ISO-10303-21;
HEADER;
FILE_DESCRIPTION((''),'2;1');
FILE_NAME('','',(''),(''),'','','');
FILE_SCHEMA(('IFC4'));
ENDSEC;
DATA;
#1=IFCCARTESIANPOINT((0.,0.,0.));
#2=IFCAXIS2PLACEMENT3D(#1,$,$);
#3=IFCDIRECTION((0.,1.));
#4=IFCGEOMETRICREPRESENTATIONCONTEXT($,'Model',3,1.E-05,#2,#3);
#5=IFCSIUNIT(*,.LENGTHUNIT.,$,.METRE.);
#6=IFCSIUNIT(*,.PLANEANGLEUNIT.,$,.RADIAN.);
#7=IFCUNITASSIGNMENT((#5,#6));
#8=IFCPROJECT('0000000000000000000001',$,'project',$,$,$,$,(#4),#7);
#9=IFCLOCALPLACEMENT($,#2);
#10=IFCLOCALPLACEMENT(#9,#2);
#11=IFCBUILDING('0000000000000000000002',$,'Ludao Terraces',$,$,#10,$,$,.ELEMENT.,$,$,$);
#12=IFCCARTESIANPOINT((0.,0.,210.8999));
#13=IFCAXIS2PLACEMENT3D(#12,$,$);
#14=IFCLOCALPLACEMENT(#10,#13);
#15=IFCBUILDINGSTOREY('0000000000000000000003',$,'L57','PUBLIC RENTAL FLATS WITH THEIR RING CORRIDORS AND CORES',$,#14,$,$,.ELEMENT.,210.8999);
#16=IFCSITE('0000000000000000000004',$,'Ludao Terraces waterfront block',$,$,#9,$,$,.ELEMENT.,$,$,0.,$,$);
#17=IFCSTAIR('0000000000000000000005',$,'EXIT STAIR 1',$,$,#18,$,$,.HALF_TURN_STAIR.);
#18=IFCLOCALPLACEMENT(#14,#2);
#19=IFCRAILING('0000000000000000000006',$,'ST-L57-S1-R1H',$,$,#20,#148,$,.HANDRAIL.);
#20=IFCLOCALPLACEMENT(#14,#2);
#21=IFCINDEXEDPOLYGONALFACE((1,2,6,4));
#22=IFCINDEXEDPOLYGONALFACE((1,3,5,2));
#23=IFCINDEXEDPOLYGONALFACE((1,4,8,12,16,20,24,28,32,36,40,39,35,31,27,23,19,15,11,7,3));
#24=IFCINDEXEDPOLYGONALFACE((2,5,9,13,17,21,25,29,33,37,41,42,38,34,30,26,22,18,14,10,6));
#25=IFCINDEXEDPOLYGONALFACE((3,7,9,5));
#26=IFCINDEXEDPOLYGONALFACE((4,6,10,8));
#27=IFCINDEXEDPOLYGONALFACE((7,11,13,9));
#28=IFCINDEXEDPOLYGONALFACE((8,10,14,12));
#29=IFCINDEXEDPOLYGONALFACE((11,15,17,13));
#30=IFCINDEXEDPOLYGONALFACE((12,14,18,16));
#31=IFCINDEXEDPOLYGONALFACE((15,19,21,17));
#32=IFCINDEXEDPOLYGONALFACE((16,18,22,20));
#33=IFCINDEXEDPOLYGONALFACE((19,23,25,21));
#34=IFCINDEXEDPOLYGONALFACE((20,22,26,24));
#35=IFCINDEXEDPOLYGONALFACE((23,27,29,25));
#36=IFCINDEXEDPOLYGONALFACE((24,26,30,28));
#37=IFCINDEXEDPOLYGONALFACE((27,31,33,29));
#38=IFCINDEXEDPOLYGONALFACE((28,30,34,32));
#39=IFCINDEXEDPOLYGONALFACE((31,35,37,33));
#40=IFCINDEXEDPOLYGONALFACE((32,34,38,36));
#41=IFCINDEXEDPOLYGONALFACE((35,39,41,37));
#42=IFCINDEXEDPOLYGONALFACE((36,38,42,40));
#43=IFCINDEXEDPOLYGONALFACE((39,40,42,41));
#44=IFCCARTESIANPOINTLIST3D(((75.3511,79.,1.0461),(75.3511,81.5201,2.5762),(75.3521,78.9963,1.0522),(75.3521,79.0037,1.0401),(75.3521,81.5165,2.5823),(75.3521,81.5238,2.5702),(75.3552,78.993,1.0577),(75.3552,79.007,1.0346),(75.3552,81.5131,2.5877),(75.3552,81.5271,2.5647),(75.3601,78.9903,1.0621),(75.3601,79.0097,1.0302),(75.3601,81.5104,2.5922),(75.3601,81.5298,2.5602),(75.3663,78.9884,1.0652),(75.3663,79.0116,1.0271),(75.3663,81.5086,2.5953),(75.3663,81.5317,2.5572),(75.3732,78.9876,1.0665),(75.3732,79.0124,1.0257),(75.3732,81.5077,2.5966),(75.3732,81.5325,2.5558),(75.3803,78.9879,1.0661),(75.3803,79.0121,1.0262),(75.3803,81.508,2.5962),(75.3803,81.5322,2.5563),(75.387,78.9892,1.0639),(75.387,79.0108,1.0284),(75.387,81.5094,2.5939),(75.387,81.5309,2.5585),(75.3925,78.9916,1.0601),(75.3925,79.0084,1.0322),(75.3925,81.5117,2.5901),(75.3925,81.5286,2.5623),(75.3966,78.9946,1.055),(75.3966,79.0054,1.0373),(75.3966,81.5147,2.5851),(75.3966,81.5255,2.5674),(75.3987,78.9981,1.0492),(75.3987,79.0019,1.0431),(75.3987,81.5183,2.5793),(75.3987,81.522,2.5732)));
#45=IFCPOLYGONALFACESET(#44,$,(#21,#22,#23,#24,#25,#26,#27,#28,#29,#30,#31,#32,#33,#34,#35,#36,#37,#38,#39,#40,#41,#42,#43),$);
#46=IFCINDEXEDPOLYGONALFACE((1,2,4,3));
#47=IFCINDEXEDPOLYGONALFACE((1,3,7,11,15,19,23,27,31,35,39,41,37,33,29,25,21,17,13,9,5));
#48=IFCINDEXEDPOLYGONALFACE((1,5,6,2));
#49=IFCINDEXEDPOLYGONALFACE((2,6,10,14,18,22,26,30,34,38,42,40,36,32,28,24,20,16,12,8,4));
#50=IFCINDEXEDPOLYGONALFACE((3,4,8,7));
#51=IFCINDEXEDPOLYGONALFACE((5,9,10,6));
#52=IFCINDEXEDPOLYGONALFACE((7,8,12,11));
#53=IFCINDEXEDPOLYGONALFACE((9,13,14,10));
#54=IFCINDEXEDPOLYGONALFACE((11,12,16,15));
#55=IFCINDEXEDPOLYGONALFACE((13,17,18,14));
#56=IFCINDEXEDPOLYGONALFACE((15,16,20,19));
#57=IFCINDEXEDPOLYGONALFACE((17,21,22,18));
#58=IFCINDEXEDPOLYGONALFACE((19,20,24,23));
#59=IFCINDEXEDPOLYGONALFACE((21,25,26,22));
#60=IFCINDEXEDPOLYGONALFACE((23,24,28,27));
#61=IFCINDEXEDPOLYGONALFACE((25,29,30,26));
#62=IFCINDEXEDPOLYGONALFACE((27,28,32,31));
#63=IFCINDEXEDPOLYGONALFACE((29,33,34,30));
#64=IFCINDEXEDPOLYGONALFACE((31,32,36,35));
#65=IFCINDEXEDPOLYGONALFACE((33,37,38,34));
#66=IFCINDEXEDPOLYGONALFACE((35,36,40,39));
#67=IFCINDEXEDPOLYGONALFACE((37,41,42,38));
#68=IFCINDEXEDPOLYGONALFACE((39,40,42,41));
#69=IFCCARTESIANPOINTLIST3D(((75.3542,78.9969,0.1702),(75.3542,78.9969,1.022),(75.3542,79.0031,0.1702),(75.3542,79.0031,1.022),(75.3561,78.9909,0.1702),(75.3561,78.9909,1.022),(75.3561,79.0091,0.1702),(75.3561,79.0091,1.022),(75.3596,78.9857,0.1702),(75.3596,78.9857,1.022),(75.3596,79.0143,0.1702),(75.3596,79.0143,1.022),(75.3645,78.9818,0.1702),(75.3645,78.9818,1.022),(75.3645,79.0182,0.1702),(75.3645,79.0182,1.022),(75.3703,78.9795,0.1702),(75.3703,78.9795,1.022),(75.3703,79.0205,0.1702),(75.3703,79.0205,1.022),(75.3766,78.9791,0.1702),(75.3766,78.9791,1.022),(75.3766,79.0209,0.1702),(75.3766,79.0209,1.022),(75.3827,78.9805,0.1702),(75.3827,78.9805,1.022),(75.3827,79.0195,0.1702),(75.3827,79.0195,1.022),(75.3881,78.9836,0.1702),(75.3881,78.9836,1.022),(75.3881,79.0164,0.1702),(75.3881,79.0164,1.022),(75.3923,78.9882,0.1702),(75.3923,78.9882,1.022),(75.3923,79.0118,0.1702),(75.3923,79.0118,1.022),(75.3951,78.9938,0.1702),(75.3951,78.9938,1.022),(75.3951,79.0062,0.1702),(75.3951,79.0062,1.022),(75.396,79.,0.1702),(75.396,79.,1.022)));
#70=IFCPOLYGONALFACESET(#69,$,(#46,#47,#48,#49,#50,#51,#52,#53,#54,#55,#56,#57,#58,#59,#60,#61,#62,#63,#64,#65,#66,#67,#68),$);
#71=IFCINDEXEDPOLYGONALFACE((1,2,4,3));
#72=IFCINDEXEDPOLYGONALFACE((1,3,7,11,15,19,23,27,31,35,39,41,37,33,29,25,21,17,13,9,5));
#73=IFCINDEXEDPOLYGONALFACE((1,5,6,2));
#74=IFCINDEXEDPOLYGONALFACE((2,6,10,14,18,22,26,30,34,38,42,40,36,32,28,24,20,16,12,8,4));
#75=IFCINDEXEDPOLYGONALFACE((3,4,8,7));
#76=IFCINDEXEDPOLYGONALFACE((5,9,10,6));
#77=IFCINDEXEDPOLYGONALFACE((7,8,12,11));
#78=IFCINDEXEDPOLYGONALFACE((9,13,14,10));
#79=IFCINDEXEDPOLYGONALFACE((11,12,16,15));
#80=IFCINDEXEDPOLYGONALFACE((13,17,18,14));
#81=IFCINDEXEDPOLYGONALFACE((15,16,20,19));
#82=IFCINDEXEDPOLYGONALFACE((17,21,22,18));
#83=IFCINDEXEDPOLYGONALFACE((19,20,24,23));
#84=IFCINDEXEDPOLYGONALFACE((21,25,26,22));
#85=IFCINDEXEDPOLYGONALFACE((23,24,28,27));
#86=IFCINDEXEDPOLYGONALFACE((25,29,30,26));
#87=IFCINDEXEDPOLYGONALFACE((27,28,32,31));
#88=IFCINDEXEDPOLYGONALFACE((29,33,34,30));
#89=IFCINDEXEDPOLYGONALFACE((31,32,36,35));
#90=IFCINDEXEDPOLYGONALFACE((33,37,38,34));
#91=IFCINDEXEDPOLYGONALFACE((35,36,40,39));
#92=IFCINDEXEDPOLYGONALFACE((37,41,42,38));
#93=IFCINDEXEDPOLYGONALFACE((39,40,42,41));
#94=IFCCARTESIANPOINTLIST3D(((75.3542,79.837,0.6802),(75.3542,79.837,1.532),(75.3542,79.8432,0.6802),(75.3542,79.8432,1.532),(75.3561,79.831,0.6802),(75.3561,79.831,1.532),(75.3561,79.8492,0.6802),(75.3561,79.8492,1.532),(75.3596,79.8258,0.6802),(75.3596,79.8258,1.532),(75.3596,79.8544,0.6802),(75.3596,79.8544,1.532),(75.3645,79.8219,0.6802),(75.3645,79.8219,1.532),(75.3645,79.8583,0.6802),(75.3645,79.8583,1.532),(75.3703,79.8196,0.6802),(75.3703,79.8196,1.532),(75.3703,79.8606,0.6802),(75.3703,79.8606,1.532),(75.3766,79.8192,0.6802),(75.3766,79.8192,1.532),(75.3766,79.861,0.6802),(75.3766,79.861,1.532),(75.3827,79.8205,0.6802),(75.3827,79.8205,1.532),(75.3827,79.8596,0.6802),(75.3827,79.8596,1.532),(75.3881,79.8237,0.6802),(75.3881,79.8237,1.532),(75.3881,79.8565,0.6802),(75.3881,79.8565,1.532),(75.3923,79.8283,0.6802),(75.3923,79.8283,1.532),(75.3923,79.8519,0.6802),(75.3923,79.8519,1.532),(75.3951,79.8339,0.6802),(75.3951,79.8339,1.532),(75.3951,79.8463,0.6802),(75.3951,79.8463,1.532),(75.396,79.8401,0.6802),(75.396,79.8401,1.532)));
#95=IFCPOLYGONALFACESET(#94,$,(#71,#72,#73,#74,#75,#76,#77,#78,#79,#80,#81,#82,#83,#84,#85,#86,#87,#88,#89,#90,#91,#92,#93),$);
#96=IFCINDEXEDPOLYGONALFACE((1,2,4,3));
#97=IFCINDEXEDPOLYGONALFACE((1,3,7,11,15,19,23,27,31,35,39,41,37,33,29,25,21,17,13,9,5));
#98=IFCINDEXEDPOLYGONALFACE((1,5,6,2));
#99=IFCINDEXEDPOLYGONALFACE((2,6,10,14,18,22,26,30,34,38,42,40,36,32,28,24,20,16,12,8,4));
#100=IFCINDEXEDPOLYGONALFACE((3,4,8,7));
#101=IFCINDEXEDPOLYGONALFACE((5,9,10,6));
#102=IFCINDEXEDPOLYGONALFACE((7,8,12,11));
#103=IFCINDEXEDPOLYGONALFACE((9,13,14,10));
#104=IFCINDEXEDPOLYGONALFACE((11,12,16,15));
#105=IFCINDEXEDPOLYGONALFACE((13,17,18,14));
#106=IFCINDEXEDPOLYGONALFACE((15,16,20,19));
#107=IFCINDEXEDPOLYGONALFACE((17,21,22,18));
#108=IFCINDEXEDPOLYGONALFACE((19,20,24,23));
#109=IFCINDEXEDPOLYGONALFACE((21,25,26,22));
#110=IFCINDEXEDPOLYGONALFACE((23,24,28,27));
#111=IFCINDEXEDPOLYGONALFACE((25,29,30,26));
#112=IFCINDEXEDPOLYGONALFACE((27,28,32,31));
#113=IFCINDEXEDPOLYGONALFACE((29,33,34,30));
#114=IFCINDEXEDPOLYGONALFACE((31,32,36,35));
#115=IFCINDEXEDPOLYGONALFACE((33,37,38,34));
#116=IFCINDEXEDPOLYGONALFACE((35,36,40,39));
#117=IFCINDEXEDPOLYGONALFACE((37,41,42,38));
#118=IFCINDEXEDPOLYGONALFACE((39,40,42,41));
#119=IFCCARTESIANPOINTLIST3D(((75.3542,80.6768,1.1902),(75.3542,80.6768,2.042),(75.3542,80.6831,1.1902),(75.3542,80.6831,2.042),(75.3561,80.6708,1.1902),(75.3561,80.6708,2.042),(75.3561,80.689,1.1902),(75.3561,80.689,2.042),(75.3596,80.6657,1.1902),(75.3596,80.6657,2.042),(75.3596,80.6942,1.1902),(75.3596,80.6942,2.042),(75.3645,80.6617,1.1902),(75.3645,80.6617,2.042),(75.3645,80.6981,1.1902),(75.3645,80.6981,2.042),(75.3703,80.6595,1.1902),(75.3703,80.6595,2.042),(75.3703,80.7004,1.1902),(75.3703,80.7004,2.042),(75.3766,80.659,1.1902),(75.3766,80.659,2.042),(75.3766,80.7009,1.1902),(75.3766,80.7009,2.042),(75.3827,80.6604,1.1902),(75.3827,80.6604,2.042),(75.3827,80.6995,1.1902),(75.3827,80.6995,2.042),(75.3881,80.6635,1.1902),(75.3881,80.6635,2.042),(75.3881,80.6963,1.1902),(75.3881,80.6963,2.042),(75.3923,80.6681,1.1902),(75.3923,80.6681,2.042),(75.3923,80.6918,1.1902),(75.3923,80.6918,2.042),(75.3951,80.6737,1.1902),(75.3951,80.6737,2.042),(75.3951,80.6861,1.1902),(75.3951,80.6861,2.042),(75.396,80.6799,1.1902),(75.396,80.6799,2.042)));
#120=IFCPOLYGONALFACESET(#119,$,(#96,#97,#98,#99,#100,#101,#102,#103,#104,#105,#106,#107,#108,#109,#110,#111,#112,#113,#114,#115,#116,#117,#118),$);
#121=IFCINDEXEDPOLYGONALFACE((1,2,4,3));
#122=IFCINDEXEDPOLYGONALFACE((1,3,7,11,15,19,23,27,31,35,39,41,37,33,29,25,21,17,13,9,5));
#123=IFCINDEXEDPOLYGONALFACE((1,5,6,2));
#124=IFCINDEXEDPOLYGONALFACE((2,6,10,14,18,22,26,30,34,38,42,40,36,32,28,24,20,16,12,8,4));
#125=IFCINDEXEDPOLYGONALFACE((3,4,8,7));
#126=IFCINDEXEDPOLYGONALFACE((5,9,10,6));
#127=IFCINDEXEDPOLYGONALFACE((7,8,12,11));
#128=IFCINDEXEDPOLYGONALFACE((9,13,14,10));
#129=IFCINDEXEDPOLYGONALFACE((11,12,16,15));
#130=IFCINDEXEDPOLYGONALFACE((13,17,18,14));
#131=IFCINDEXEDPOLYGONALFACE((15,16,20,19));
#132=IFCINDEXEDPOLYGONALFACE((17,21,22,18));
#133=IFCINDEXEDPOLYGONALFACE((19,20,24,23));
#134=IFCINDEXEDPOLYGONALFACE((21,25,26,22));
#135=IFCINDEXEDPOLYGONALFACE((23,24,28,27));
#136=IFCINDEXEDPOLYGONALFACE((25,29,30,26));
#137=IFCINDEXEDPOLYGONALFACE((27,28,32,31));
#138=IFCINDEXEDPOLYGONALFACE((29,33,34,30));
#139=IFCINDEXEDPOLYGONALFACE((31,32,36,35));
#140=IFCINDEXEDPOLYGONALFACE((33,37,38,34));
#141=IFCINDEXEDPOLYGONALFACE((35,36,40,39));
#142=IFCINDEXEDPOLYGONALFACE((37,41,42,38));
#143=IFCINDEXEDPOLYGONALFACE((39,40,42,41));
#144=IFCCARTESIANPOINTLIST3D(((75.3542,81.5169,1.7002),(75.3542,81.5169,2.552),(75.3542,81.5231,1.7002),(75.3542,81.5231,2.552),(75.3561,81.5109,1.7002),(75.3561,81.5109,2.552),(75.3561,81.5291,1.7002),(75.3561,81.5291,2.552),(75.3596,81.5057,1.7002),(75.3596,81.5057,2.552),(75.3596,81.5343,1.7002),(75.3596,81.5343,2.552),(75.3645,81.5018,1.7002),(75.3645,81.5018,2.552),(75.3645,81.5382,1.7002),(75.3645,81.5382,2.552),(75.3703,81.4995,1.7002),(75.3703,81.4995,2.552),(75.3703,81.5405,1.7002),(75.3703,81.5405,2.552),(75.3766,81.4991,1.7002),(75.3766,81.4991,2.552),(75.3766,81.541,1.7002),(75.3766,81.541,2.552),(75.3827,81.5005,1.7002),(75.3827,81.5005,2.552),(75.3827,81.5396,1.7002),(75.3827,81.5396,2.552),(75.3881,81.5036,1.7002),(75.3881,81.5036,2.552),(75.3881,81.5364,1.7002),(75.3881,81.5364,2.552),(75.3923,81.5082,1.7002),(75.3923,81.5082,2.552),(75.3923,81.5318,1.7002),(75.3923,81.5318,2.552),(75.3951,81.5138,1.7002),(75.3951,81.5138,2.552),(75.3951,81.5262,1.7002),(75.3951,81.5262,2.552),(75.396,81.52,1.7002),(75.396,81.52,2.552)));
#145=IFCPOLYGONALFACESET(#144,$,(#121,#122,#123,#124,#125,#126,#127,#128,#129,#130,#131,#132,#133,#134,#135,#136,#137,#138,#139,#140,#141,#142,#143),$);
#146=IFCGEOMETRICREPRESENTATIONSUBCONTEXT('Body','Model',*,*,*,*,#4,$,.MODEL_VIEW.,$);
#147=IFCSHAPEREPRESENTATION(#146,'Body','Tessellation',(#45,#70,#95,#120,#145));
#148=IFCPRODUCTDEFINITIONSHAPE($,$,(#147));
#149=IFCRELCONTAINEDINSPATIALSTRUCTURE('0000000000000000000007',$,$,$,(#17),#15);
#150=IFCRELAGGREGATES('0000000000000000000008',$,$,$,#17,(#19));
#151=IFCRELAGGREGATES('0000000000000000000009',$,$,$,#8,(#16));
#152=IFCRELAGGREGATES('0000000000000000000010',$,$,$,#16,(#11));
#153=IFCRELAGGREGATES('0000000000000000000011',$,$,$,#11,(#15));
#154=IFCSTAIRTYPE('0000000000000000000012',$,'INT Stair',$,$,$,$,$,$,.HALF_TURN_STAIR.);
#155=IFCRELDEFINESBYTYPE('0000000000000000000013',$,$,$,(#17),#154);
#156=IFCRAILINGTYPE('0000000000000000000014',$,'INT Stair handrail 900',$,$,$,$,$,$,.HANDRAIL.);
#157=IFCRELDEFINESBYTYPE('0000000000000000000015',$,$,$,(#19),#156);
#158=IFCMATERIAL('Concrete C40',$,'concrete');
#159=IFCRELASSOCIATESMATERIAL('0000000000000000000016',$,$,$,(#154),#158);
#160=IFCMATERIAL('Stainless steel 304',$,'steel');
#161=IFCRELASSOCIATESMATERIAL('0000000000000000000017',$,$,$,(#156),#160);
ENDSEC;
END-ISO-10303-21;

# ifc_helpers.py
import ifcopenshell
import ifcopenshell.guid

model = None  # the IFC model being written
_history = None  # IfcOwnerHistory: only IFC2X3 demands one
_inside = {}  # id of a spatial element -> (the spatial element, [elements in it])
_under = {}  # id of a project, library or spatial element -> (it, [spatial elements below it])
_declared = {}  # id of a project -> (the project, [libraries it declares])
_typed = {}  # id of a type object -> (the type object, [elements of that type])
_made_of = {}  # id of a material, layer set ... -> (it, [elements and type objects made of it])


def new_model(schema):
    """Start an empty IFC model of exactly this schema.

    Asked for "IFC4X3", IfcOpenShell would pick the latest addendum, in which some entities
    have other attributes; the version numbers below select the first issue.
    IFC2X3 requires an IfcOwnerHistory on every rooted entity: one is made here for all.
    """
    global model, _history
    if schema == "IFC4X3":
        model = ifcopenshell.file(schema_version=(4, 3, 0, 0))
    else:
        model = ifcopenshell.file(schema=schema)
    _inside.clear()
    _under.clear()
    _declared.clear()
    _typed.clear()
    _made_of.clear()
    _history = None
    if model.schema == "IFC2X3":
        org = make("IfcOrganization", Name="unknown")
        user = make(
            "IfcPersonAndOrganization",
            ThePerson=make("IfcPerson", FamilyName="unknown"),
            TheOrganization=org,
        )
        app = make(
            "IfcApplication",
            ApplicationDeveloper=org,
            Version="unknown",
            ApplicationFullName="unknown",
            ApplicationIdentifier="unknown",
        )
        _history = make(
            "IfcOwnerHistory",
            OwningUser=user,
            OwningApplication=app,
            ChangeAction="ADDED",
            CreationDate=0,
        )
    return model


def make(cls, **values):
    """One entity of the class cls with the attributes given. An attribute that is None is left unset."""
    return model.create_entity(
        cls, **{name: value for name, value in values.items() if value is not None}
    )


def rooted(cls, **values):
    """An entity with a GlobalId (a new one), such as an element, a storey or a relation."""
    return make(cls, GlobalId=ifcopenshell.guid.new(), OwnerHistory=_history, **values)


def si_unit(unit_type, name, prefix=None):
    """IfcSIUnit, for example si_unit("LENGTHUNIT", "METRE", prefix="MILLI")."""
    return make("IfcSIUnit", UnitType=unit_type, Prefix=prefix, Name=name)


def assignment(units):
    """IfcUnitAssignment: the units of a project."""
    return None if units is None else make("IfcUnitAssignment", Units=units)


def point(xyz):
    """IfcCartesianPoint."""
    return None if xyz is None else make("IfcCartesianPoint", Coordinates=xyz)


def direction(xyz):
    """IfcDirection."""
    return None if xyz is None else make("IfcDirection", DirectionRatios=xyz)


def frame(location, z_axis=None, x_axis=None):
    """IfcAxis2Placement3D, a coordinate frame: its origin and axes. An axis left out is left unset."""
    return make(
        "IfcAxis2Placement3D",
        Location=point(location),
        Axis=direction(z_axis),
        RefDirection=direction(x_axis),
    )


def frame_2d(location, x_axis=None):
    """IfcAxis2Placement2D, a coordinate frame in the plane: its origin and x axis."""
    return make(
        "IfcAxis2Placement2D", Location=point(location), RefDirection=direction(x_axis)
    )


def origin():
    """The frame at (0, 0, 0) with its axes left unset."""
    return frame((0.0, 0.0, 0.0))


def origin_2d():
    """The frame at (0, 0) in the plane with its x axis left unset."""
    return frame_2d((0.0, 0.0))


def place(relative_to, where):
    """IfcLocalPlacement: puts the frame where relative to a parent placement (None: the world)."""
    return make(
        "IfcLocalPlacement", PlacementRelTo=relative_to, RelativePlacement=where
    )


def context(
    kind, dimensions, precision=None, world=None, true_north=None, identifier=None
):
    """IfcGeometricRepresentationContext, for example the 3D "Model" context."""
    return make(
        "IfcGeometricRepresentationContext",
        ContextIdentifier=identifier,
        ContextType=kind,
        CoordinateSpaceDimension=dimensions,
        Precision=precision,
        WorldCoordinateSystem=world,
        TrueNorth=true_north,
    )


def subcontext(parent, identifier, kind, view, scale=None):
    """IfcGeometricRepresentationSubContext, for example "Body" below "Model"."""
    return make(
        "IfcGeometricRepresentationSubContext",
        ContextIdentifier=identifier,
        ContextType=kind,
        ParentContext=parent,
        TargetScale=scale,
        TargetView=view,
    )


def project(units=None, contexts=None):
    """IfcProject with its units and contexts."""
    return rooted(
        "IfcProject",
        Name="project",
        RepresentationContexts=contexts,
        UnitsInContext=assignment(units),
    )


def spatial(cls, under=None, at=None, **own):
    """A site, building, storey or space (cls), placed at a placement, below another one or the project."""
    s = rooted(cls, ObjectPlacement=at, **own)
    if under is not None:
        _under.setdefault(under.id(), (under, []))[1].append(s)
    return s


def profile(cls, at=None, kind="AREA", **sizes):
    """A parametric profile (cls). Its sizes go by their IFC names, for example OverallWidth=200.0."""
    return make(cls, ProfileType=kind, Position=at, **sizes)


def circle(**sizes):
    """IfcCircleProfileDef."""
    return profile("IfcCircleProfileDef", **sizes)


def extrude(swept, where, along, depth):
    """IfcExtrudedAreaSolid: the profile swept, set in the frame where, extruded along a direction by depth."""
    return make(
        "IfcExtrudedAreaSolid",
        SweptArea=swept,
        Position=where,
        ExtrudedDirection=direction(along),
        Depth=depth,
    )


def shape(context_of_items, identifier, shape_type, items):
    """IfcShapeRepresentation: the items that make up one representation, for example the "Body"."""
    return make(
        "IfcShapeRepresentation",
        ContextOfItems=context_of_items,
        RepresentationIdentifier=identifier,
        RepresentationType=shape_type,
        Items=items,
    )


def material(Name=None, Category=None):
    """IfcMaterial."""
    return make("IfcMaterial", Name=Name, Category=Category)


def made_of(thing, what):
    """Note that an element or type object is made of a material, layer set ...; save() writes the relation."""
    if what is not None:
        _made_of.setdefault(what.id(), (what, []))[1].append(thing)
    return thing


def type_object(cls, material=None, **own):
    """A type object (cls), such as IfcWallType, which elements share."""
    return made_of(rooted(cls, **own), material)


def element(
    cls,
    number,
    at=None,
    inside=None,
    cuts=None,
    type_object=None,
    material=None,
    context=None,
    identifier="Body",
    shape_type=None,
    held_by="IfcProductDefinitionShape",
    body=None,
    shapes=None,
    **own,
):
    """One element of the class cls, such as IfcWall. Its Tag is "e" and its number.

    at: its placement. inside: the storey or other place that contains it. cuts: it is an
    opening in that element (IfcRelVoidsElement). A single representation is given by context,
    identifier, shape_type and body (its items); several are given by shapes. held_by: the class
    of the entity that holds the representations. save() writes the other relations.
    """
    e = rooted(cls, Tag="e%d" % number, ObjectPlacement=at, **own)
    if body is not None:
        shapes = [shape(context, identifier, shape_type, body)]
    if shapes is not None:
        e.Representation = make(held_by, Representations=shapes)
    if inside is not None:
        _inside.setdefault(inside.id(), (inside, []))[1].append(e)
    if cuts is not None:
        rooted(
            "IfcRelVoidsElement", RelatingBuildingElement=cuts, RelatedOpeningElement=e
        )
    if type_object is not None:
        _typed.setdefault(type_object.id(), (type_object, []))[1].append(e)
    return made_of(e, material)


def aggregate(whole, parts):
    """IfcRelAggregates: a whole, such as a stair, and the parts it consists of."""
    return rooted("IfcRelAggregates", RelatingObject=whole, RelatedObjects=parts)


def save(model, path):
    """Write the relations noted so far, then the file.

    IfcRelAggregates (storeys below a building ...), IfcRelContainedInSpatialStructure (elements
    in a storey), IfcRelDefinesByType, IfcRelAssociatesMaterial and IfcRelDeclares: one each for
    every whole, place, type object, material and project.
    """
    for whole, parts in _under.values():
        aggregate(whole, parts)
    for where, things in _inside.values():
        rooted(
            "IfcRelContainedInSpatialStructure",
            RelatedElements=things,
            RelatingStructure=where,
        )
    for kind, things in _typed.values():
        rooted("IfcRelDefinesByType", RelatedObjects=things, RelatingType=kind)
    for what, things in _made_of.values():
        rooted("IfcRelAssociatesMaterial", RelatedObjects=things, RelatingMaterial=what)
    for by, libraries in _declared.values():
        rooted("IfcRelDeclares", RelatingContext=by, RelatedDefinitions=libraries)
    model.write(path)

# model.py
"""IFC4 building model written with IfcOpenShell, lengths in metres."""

from ifc_helpers import new_model, si_unit, direction, frame, origin, origin_2d, place, context, subcontext, project, spatial, circle, extrude, material, type_object, element, aggregate, save


model = new_model("IFC4")

# Units and contexts
model_context = context("Model", 3, precision=1e-05, world=origin(), true_north=direction((0.0, 1.0)))
body_context = subcontext(model_context, "Body", "Model", "MODEL_VIEW")
ifc_project = project(units=[si_unit("LENGTHUNIT", "METRE"), si_unit("PLANEANGLEUNIT", "RADIAN")], contexts=[model_context])

# Site, building, storey
site_placement = place(None, origin())
site = spatial("IfcSite", under=ifc_project, at=site_placement, Name="Ludao Terraces waterfront block", CompositionType="ELEMENT", RefElevation=0.0)
building_placement = place(site_placement, origin())
building = spatial("IfcBuilding", under=site, at=building_placement, Name="Ludao Terraces", CompositionType="ELEMENT")
storey_placement = place(building_placement, frame((0.0, 0.0, 210.8999)))
storey = spatial("IfcBuildingStorey", under=building, at=storey_placement, Name="L57", Description="PUBLIC RENTAL FLATS WITH THEIR RING CORRIDORS AND CORES", CompositionType="ELEMENT", Elevation=210.8999)

# Shared definitions
ifc_material_1 = material(Name="Concrete C40", Category="concrete")

# Stair, railing
stair_type = type_object("IfcStairType", Name="INT Stair", PredefinedType="HALF_TURN_STAIR", material=ifc_material_1)
stair_placement = place(storey_placement, origin())
stair = element("IfcStair", 1, at=stair_placement, inside=storey, type_object=stair_type, Name="EXIT STAIR 1", PredefinedType="HALF_TURN_STAIR")
ifc_material_2 = material(Name="Stainless steel 304", Category="steel")
railing_type_1 = type_object("IfcRailingType", Name="INT Stair handrail 900", PredefinedType="HANDRAIL", material=ifc_material_2)
railing_1_placement = place(storey_placement, frame((75.375, 79.0, 0.1702)))
railing_1 = element("IfcRailing", 2, at=railing_1_placement, type_object=railing_type_1, Name="ST-L57-S1-R1H", PredefinedType="HANDRAIL", context=body_context, shape_type="SweptSolid", body=[
    extrude(circle(Radius=0.0239, at=origin_2d()), frame((0.0, 0.0, 0.876), z_axis=(0.0, 0.854785, 0.518982), x_axis=(-1.0, 0.0, 0.0)), (0.0, 0.0, 1.0), 2.9482),
    extrude(circle(Radius=0.021, at=origin_2d()), origin(), (0.0, 0.0, 1.0), 0.8518),
    extrude(circle(Radius=0.021, at=origin_2d()), frame((0.0, 0.8401, 0.51)), (0.0, 0.0, 1.0), 0.8518),
    extrude(circle(Radius=0.021, at=origin_2d()), frame((0.0, 1.6799, 1.02)), (0.0, 0.0, 1.0), 0.8518),
    extrude(circle(Radius=0.021, at=origin_2d()), frame((0.0, 2.52, 1.53)), (0.0, 0.0, 1.0), 0.8518),
])
aggregate(stair, [railing_1])

save(model, "model.ifc")
